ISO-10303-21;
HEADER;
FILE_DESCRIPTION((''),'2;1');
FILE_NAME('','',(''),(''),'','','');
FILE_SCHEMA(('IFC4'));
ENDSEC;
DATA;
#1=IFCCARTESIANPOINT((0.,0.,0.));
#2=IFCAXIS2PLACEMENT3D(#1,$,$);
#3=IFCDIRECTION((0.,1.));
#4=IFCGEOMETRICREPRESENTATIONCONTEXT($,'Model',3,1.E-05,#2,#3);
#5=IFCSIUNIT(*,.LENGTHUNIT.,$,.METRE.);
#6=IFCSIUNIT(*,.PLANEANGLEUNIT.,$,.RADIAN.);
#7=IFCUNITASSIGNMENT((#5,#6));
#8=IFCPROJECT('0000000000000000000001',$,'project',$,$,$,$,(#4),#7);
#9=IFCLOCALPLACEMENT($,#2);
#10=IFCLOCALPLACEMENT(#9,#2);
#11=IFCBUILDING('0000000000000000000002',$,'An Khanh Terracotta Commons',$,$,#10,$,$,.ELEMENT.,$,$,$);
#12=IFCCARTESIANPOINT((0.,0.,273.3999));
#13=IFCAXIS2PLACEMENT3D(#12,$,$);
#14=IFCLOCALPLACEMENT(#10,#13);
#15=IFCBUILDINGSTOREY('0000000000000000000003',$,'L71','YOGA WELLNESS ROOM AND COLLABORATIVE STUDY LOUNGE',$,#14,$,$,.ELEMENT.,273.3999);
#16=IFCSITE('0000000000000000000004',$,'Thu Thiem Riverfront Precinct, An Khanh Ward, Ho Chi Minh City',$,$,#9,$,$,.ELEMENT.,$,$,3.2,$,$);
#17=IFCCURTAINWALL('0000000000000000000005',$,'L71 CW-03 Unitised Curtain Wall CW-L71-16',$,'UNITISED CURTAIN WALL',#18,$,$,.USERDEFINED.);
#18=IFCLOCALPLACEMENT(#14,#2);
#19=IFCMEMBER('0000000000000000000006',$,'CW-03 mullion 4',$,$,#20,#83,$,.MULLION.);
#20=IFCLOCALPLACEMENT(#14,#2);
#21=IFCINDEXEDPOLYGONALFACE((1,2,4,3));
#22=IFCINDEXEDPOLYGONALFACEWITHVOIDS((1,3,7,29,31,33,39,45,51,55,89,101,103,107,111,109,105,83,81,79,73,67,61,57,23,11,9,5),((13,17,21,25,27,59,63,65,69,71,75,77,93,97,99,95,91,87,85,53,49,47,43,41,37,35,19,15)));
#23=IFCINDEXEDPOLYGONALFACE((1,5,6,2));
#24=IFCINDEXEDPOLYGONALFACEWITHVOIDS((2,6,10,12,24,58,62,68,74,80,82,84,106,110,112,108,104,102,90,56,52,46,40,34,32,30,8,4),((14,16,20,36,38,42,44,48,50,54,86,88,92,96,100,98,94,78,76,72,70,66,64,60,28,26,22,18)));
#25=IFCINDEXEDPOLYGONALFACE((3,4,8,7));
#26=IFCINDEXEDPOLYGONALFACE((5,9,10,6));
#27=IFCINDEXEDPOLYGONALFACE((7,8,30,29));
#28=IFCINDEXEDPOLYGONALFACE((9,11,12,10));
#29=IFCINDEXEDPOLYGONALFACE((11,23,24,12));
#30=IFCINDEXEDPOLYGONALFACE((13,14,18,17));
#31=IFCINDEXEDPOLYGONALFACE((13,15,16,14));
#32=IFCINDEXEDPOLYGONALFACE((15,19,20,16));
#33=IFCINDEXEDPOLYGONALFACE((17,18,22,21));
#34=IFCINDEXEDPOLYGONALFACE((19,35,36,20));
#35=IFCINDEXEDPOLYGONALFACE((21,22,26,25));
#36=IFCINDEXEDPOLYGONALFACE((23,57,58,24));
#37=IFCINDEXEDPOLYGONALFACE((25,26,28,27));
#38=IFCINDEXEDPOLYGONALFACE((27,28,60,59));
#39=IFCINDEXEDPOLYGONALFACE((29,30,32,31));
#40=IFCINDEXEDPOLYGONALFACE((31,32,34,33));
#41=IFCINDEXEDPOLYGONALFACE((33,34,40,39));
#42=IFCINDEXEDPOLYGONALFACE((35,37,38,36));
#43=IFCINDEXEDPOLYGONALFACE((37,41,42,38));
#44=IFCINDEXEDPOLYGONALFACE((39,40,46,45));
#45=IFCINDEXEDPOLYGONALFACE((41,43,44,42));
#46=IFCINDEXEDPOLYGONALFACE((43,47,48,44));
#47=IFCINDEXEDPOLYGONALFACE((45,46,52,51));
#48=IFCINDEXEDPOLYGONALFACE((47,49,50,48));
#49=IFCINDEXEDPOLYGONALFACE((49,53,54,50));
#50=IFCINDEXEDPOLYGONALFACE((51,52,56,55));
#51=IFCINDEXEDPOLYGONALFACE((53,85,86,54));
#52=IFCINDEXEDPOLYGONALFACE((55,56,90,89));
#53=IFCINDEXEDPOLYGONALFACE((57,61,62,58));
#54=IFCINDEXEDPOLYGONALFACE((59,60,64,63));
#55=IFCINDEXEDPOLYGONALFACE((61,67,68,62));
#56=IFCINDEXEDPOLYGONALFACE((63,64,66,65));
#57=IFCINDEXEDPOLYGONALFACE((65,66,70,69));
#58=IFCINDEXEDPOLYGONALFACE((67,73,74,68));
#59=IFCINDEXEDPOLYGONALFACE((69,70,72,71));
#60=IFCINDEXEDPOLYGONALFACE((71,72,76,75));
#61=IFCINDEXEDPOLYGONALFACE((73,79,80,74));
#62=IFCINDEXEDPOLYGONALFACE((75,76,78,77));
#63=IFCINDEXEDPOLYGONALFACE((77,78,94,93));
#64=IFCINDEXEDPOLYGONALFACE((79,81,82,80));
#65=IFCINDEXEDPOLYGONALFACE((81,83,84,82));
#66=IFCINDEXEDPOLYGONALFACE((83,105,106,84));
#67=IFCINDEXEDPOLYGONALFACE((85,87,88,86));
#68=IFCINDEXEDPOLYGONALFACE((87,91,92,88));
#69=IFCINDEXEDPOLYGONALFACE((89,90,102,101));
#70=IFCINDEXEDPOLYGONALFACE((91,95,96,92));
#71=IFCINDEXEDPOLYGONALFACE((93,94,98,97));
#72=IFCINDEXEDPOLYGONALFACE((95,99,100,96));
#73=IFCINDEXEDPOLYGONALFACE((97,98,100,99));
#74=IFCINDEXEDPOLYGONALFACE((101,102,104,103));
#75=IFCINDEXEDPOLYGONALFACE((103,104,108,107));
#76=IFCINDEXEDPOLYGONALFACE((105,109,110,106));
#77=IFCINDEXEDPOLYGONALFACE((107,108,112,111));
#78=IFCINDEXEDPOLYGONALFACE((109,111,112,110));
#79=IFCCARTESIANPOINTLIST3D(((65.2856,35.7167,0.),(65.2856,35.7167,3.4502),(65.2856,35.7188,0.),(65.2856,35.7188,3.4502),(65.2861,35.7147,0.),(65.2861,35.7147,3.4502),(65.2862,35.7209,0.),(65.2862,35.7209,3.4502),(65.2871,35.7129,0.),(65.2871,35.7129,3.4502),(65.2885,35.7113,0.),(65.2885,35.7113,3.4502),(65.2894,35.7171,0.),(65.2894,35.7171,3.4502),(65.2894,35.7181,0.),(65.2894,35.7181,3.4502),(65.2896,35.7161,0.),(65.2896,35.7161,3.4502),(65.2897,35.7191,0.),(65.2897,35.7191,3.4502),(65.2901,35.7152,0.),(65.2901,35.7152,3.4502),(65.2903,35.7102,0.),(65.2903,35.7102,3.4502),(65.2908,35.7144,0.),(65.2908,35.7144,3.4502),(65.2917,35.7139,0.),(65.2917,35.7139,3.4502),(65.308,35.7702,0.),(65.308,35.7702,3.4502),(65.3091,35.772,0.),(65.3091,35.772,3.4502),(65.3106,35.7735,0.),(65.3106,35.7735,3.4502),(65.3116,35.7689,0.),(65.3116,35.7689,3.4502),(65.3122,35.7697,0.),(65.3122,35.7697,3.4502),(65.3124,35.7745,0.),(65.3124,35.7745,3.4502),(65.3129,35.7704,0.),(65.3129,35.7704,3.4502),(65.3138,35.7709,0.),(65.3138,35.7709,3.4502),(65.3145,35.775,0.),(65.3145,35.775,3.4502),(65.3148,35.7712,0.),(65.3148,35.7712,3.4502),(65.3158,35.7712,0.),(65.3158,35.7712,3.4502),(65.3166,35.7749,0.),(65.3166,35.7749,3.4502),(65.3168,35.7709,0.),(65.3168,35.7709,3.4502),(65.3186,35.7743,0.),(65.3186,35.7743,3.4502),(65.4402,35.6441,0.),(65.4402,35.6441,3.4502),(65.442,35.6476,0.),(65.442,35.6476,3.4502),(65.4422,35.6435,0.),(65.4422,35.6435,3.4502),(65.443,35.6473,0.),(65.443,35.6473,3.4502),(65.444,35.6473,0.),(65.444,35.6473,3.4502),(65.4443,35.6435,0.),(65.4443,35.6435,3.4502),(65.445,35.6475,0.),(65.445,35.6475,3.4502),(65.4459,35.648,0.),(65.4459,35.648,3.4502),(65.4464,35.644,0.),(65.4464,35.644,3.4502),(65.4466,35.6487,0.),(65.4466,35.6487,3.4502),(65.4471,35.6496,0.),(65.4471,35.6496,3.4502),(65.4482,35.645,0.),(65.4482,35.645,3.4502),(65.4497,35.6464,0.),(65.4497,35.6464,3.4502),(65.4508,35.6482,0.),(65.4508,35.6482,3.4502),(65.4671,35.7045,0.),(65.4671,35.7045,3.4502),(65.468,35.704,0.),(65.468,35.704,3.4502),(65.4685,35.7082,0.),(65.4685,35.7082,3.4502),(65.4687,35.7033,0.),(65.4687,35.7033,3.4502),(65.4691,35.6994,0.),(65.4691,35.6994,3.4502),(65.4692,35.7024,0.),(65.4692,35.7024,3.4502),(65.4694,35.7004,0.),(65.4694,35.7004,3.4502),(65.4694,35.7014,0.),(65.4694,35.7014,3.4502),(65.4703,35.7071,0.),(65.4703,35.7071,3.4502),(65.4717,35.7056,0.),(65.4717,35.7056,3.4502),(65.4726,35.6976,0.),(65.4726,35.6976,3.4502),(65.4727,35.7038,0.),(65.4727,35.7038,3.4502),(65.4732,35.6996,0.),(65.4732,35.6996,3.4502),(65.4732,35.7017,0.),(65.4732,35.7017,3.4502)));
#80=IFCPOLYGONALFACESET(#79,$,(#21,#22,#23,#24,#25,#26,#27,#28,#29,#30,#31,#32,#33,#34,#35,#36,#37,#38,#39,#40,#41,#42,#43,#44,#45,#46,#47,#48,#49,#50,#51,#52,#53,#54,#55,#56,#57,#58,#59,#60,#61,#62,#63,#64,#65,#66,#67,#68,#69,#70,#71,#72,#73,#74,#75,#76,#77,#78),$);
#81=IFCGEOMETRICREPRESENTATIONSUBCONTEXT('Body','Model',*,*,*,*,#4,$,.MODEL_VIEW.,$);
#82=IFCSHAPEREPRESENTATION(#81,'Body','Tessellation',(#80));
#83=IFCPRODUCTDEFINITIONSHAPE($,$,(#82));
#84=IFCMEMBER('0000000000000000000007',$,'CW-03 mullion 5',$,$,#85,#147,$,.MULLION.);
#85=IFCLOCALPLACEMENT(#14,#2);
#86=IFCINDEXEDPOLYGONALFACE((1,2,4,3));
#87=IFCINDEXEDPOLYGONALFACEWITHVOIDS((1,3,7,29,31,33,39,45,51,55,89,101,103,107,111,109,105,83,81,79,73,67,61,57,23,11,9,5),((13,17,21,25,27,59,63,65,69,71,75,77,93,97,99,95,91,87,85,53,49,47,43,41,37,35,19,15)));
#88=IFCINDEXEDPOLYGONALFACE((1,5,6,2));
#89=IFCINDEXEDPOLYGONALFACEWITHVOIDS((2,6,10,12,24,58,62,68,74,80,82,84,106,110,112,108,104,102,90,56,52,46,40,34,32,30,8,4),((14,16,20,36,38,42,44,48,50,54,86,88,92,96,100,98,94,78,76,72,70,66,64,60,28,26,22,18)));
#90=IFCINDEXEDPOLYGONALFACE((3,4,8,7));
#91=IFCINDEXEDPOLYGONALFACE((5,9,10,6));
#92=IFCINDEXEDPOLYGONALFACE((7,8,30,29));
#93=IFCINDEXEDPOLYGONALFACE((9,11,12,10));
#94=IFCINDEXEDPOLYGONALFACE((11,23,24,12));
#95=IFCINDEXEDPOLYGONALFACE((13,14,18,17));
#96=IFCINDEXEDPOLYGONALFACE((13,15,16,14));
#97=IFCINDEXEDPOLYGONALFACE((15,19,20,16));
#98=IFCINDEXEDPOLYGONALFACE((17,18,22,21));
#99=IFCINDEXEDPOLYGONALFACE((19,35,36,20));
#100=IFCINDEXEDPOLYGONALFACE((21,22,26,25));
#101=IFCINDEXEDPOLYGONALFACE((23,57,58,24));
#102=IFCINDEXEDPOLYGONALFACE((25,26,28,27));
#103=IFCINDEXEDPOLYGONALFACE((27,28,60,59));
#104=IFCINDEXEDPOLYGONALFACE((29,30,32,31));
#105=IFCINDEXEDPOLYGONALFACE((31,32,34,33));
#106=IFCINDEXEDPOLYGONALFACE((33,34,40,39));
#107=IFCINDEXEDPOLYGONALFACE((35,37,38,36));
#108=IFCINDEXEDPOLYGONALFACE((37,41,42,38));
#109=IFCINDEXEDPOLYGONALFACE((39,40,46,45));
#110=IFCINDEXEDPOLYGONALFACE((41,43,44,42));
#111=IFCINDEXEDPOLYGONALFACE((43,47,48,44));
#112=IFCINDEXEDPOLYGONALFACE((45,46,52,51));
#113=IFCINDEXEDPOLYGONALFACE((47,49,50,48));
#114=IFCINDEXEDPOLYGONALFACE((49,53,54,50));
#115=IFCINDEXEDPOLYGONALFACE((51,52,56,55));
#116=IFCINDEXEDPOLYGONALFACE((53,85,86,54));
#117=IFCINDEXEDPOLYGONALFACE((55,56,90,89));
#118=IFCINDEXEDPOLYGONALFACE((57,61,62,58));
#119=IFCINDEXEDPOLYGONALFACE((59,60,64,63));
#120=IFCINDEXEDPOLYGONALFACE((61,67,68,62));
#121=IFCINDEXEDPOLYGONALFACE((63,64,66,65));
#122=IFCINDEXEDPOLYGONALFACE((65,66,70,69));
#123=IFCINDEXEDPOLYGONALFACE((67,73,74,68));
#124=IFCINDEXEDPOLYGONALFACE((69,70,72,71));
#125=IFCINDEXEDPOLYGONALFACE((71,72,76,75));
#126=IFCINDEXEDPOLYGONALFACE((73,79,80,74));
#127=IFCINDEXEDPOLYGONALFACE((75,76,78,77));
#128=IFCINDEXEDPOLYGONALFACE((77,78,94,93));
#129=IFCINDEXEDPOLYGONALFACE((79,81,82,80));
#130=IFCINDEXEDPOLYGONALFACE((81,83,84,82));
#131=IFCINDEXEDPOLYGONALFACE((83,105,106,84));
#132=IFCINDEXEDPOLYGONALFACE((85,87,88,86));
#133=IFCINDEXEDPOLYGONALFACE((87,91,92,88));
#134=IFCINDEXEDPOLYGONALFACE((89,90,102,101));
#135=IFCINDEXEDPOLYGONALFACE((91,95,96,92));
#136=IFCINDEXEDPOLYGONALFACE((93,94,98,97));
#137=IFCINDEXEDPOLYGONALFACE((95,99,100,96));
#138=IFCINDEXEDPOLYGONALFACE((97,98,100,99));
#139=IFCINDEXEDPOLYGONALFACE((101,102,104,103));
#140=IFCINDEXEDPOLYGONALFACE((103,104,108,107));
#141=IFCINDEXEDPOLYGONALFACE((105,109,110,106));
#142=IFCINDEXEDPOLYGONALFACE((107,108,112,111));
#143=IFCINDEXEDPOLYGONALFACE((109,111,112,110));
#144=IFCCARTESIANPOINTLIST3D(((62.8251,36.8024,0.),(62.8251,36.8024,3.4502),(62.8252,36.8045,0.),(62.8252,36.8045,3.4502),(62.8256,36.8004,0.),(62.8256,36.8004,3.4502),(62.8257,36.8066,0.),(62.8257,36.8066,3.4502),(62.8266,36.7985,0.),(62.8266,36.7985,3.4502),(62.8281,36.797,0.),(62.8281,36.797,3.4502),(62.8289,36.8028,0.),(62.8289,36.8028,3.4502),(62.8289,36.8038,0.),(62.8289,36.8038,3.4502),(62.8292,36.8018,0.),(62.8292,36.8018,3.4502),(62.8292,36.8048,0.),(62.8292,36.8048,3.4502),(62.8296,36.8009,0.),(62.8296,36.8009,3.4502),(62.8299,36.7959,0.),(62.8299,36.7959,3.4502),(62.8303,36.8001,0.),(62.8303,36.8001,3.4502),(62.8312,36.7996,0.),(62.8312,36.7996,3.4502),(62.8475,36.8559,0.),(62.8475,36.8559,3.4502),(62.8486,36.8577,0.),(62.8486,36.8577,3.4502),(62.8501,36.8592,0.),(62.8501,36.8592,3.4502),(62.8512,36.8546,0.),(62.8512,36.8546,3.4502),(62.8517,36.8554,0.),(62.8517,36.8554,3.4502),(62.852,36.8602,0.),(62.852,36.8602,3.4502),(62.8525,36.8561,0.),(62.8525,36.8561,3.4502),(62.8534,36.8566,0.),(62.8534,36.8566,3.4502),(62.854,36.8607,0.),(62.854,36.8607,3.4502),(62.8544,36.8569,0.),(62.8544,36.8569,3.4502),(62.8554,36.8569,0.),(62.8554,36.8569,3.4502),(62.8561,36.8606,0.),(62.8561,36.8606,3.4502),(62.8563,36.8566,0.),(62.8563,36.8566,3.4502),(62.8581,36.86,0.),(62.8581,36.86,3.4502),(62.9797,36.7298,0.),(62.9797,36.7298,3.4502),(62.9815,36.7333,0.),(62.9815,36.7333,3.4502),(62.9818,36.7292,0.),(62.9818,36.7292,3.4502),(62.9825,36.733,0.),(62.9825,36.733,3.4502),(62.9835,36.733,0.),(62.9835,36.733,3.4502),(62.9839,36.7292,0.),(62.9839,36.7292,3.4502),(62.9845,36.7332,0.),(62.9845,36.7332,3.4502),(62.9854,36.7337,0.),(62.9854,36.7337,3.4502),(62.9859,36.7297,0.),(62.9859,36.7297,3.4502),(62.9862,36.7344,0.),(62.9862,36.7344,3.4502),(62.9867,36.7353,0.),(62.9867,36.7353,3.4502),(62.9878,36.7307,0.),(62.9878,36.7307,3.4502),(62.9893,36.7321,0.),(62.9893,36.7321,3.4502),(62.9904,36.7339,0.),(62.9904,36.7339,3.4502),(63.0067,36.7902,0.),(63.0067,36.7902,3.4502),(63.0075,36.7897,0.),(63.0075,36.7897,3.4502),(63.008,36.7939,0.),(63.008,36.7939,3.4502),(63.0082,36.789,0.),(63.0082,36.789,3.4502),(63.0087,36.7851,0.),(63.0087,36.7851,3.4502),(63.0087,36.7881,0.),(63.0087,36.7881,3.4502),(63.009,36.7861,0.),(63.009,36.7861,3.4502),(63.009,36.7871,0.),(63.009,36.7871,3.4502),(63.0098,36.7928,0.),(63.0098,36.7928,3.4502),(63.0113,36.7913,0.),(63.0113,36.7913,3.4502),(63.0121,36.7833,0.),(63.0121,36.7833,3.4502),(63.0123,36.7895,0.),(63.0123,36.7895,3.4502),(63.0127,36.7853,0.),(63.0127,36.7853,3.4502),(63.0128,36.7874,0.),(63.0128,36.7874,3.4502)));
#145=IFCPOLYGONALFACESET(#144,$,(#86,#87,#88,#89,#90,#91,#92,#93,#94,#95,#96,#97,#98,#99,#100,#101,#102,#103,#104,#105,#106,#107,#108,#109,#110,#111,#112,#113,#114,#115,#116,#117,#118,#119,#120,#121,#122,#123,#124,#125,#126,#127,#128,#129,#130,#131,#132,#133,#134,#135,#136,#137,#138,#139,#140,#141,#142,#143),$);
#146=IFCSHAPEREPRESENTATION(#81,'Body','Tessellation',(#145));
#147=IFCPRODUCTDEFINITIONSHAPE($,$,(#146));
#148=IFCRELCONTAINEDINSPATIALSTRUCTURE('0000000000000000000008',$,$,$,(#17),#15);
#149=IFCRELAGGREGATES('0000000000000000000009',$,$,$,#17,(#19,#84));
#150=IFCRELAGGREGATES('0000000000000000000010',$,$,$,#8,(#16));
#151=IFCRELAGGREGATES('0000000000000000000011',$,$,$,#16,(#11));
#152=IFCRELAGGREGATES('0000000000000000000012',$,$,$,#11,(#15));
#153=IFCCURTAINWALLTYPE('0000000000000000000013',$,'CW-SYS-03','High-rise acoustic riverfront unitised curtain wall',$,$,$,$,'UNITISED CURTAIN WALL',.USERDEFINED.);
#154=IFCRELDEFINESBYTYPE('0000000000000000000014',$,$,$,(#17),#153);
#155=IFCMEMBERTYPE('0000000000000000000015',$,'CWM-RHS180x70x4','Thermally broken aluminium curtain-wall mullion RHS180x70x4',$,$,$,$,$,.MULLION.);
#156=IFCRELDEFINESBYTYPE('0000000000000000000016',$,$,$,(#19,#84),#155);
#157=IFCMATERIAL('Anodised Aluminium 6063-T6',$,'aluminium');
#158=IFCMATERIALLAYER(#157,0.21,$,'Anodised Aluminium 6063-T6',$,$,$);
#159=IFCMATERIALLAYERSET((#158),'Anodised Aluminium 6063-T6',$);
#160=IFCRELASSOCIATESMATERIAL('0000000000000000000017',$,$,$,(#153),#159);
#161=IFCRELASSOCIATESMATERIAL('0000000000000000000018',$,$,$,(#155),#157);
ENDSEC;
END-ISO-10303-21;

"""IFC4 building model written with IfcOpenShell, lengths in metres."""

from ifc_helpers import new_model, si_unit, direction, frame, origin, origin_2d, place, context, subcontext, project, spatial, hollow_rectangle, extrude, material, layer, layer_set, material_profile, profile_set, type_object, element, aggregate, save


model = new_model("IFC4")

# Units and contexts
model_context = context("Model", 3, precision=1e-05, world=origin(), true_north=direction((0.0, 1.0)))
body_context = subcontext(model_context, "Body", "Model", "MODEL_VIEW")
ifc_project = project(units=[si_unit("LENGTHUNIT", "METRE"), si_unit("PLANEANGLEUNIT", "RADIAN")], contexts=[model_context])

# Site, building, storey
site_placement = place(None, origin())
site = spatial("IfcSite", under=ifc_project, at=site_placement, Name="Thu Thiem Riverfront Precinct, An Khanh Ward, Ho Chi Minh City", CompositionType="ELEMENT", RefElevation=3.2)
building_placement = place(site_placement, origin())
building = spatial("IfcBuilding", under=site, at=building_placement, Name="An Khanh Terracotta Commons", CompositionType="ELEMENT")
storey_placement = place(building_placement, frame((0.0, 0.0, 273.3999)))
storey = spatial("IfcBuildingStorey", under=building, at=storey_placement, Name="L71", Description="YOGA WELLNESS ROOM AND COLLABORATIVE STUDY LOUNGE", CompositionType="ELEMENT", Elevation=273.3999)

# Curtain wall, members
ifc_material_1 = material(Name="Anodised Aluminium 6063-T6", Category="aluminium")
ifc_layer_1 = layer(ifc_material_1, 0.21, Name="Anodised Aluminium 6063-T6")
ifc_layer_set_1 = layer_set([ifc_layer_1], Name="Anodised Aluminium 6063-T6")
curtain_wall_type = type_object("IfcCurtainWallType", Name="CW-SYS-03", Description="High-rise acoustic riverfront unitised curtain wall", ElementType="UNITISED CURTAIN WALL", PredefinedType="USERDEFINED", material=ifc_layer_set_1)
curtain_wall_placement = place(storey_placement, origin())
curtain_wall = element("IfcCurtainWall", 1, at=curtain_wall_placement, inside=storey, type_object=curtain_wall_type, Name="L71 CW-03 Unitised Curtain Wall CW-L71-16", ObjectType="UNITISED CURTAIN WALL", PredefinedType="USERDEFINED")
ifc_material_profile_1 = material_profile(ifc_material_1, hollow_rectangle(XDim=0.0701, YDim=0.1799, WallThickness=0.0039, InnerFilletRadius=0.0039, OuterFilletRadius=0.0081, at=origin_2d()), Name="RHS180x70x4")
ifc_profile_set_1 = profile_set([ifc_material_profile_1], Name="Anodised Aluminium 6063-T6")
member_type_1 = type_object("IfcMemberType", Name="CWM-RHS180x70x4", Description="Thermally broken aluminium curtain-wall mullion RHS180x70x4", PredefinedType="MULLION", material=ifc_profile_set_1)
member_1_placement = place(storey_placement, frame((65.3794, 35.7092, 0.0), z_axis=(0.0, 0.0, 1.0), x_axis=(-0.403676, -0.914902, 0.0)))
member_1 = element("IfcMember", 2, at=member_1_placement, type_object=member_type_1, Name="CW-03 mullion 4", PredefinedType="MULLION", context=body_context, shape_type="SweptSolid", body=[
    extrude(hollow_rectangle(XDim=0.0701, YDim=0.1799, WallThickness=0.0039, InnerFilletRadius=0.0039, OuterFilletRadius=0.0081, at=origin_2d()), origin(), (0.0, 0.0, 1.0), 3.4502),
])
member_2_placement = place(storey_placement, frame((62.9189, 36.7949, 0.0), z_axis=(0.0, 0.0, 1.0), x_axis=(-0.403676, -0.914902, 0.0)))
member_2 = element("IfcMember", 3, at=member_2_placement, type_object=member_type_1, Name="CW-03 mullion 5", PredefinedType="MULLION", context=body_context, shape_type="SweptSolid", body=[
    extrude(hollow_rectangle(XDim=0.0701, YDim=0.1799, WallThickness=0.0039, InnerFilletRadius=0.0039, OuterFilletRadius=0.0081, at=origin_2d()), origin(), (0.0, 0.0, 1.0), 3.4502),
])
aggregate(curtain_wall, [member_1, member_2])

save(model, "model.ifc")
